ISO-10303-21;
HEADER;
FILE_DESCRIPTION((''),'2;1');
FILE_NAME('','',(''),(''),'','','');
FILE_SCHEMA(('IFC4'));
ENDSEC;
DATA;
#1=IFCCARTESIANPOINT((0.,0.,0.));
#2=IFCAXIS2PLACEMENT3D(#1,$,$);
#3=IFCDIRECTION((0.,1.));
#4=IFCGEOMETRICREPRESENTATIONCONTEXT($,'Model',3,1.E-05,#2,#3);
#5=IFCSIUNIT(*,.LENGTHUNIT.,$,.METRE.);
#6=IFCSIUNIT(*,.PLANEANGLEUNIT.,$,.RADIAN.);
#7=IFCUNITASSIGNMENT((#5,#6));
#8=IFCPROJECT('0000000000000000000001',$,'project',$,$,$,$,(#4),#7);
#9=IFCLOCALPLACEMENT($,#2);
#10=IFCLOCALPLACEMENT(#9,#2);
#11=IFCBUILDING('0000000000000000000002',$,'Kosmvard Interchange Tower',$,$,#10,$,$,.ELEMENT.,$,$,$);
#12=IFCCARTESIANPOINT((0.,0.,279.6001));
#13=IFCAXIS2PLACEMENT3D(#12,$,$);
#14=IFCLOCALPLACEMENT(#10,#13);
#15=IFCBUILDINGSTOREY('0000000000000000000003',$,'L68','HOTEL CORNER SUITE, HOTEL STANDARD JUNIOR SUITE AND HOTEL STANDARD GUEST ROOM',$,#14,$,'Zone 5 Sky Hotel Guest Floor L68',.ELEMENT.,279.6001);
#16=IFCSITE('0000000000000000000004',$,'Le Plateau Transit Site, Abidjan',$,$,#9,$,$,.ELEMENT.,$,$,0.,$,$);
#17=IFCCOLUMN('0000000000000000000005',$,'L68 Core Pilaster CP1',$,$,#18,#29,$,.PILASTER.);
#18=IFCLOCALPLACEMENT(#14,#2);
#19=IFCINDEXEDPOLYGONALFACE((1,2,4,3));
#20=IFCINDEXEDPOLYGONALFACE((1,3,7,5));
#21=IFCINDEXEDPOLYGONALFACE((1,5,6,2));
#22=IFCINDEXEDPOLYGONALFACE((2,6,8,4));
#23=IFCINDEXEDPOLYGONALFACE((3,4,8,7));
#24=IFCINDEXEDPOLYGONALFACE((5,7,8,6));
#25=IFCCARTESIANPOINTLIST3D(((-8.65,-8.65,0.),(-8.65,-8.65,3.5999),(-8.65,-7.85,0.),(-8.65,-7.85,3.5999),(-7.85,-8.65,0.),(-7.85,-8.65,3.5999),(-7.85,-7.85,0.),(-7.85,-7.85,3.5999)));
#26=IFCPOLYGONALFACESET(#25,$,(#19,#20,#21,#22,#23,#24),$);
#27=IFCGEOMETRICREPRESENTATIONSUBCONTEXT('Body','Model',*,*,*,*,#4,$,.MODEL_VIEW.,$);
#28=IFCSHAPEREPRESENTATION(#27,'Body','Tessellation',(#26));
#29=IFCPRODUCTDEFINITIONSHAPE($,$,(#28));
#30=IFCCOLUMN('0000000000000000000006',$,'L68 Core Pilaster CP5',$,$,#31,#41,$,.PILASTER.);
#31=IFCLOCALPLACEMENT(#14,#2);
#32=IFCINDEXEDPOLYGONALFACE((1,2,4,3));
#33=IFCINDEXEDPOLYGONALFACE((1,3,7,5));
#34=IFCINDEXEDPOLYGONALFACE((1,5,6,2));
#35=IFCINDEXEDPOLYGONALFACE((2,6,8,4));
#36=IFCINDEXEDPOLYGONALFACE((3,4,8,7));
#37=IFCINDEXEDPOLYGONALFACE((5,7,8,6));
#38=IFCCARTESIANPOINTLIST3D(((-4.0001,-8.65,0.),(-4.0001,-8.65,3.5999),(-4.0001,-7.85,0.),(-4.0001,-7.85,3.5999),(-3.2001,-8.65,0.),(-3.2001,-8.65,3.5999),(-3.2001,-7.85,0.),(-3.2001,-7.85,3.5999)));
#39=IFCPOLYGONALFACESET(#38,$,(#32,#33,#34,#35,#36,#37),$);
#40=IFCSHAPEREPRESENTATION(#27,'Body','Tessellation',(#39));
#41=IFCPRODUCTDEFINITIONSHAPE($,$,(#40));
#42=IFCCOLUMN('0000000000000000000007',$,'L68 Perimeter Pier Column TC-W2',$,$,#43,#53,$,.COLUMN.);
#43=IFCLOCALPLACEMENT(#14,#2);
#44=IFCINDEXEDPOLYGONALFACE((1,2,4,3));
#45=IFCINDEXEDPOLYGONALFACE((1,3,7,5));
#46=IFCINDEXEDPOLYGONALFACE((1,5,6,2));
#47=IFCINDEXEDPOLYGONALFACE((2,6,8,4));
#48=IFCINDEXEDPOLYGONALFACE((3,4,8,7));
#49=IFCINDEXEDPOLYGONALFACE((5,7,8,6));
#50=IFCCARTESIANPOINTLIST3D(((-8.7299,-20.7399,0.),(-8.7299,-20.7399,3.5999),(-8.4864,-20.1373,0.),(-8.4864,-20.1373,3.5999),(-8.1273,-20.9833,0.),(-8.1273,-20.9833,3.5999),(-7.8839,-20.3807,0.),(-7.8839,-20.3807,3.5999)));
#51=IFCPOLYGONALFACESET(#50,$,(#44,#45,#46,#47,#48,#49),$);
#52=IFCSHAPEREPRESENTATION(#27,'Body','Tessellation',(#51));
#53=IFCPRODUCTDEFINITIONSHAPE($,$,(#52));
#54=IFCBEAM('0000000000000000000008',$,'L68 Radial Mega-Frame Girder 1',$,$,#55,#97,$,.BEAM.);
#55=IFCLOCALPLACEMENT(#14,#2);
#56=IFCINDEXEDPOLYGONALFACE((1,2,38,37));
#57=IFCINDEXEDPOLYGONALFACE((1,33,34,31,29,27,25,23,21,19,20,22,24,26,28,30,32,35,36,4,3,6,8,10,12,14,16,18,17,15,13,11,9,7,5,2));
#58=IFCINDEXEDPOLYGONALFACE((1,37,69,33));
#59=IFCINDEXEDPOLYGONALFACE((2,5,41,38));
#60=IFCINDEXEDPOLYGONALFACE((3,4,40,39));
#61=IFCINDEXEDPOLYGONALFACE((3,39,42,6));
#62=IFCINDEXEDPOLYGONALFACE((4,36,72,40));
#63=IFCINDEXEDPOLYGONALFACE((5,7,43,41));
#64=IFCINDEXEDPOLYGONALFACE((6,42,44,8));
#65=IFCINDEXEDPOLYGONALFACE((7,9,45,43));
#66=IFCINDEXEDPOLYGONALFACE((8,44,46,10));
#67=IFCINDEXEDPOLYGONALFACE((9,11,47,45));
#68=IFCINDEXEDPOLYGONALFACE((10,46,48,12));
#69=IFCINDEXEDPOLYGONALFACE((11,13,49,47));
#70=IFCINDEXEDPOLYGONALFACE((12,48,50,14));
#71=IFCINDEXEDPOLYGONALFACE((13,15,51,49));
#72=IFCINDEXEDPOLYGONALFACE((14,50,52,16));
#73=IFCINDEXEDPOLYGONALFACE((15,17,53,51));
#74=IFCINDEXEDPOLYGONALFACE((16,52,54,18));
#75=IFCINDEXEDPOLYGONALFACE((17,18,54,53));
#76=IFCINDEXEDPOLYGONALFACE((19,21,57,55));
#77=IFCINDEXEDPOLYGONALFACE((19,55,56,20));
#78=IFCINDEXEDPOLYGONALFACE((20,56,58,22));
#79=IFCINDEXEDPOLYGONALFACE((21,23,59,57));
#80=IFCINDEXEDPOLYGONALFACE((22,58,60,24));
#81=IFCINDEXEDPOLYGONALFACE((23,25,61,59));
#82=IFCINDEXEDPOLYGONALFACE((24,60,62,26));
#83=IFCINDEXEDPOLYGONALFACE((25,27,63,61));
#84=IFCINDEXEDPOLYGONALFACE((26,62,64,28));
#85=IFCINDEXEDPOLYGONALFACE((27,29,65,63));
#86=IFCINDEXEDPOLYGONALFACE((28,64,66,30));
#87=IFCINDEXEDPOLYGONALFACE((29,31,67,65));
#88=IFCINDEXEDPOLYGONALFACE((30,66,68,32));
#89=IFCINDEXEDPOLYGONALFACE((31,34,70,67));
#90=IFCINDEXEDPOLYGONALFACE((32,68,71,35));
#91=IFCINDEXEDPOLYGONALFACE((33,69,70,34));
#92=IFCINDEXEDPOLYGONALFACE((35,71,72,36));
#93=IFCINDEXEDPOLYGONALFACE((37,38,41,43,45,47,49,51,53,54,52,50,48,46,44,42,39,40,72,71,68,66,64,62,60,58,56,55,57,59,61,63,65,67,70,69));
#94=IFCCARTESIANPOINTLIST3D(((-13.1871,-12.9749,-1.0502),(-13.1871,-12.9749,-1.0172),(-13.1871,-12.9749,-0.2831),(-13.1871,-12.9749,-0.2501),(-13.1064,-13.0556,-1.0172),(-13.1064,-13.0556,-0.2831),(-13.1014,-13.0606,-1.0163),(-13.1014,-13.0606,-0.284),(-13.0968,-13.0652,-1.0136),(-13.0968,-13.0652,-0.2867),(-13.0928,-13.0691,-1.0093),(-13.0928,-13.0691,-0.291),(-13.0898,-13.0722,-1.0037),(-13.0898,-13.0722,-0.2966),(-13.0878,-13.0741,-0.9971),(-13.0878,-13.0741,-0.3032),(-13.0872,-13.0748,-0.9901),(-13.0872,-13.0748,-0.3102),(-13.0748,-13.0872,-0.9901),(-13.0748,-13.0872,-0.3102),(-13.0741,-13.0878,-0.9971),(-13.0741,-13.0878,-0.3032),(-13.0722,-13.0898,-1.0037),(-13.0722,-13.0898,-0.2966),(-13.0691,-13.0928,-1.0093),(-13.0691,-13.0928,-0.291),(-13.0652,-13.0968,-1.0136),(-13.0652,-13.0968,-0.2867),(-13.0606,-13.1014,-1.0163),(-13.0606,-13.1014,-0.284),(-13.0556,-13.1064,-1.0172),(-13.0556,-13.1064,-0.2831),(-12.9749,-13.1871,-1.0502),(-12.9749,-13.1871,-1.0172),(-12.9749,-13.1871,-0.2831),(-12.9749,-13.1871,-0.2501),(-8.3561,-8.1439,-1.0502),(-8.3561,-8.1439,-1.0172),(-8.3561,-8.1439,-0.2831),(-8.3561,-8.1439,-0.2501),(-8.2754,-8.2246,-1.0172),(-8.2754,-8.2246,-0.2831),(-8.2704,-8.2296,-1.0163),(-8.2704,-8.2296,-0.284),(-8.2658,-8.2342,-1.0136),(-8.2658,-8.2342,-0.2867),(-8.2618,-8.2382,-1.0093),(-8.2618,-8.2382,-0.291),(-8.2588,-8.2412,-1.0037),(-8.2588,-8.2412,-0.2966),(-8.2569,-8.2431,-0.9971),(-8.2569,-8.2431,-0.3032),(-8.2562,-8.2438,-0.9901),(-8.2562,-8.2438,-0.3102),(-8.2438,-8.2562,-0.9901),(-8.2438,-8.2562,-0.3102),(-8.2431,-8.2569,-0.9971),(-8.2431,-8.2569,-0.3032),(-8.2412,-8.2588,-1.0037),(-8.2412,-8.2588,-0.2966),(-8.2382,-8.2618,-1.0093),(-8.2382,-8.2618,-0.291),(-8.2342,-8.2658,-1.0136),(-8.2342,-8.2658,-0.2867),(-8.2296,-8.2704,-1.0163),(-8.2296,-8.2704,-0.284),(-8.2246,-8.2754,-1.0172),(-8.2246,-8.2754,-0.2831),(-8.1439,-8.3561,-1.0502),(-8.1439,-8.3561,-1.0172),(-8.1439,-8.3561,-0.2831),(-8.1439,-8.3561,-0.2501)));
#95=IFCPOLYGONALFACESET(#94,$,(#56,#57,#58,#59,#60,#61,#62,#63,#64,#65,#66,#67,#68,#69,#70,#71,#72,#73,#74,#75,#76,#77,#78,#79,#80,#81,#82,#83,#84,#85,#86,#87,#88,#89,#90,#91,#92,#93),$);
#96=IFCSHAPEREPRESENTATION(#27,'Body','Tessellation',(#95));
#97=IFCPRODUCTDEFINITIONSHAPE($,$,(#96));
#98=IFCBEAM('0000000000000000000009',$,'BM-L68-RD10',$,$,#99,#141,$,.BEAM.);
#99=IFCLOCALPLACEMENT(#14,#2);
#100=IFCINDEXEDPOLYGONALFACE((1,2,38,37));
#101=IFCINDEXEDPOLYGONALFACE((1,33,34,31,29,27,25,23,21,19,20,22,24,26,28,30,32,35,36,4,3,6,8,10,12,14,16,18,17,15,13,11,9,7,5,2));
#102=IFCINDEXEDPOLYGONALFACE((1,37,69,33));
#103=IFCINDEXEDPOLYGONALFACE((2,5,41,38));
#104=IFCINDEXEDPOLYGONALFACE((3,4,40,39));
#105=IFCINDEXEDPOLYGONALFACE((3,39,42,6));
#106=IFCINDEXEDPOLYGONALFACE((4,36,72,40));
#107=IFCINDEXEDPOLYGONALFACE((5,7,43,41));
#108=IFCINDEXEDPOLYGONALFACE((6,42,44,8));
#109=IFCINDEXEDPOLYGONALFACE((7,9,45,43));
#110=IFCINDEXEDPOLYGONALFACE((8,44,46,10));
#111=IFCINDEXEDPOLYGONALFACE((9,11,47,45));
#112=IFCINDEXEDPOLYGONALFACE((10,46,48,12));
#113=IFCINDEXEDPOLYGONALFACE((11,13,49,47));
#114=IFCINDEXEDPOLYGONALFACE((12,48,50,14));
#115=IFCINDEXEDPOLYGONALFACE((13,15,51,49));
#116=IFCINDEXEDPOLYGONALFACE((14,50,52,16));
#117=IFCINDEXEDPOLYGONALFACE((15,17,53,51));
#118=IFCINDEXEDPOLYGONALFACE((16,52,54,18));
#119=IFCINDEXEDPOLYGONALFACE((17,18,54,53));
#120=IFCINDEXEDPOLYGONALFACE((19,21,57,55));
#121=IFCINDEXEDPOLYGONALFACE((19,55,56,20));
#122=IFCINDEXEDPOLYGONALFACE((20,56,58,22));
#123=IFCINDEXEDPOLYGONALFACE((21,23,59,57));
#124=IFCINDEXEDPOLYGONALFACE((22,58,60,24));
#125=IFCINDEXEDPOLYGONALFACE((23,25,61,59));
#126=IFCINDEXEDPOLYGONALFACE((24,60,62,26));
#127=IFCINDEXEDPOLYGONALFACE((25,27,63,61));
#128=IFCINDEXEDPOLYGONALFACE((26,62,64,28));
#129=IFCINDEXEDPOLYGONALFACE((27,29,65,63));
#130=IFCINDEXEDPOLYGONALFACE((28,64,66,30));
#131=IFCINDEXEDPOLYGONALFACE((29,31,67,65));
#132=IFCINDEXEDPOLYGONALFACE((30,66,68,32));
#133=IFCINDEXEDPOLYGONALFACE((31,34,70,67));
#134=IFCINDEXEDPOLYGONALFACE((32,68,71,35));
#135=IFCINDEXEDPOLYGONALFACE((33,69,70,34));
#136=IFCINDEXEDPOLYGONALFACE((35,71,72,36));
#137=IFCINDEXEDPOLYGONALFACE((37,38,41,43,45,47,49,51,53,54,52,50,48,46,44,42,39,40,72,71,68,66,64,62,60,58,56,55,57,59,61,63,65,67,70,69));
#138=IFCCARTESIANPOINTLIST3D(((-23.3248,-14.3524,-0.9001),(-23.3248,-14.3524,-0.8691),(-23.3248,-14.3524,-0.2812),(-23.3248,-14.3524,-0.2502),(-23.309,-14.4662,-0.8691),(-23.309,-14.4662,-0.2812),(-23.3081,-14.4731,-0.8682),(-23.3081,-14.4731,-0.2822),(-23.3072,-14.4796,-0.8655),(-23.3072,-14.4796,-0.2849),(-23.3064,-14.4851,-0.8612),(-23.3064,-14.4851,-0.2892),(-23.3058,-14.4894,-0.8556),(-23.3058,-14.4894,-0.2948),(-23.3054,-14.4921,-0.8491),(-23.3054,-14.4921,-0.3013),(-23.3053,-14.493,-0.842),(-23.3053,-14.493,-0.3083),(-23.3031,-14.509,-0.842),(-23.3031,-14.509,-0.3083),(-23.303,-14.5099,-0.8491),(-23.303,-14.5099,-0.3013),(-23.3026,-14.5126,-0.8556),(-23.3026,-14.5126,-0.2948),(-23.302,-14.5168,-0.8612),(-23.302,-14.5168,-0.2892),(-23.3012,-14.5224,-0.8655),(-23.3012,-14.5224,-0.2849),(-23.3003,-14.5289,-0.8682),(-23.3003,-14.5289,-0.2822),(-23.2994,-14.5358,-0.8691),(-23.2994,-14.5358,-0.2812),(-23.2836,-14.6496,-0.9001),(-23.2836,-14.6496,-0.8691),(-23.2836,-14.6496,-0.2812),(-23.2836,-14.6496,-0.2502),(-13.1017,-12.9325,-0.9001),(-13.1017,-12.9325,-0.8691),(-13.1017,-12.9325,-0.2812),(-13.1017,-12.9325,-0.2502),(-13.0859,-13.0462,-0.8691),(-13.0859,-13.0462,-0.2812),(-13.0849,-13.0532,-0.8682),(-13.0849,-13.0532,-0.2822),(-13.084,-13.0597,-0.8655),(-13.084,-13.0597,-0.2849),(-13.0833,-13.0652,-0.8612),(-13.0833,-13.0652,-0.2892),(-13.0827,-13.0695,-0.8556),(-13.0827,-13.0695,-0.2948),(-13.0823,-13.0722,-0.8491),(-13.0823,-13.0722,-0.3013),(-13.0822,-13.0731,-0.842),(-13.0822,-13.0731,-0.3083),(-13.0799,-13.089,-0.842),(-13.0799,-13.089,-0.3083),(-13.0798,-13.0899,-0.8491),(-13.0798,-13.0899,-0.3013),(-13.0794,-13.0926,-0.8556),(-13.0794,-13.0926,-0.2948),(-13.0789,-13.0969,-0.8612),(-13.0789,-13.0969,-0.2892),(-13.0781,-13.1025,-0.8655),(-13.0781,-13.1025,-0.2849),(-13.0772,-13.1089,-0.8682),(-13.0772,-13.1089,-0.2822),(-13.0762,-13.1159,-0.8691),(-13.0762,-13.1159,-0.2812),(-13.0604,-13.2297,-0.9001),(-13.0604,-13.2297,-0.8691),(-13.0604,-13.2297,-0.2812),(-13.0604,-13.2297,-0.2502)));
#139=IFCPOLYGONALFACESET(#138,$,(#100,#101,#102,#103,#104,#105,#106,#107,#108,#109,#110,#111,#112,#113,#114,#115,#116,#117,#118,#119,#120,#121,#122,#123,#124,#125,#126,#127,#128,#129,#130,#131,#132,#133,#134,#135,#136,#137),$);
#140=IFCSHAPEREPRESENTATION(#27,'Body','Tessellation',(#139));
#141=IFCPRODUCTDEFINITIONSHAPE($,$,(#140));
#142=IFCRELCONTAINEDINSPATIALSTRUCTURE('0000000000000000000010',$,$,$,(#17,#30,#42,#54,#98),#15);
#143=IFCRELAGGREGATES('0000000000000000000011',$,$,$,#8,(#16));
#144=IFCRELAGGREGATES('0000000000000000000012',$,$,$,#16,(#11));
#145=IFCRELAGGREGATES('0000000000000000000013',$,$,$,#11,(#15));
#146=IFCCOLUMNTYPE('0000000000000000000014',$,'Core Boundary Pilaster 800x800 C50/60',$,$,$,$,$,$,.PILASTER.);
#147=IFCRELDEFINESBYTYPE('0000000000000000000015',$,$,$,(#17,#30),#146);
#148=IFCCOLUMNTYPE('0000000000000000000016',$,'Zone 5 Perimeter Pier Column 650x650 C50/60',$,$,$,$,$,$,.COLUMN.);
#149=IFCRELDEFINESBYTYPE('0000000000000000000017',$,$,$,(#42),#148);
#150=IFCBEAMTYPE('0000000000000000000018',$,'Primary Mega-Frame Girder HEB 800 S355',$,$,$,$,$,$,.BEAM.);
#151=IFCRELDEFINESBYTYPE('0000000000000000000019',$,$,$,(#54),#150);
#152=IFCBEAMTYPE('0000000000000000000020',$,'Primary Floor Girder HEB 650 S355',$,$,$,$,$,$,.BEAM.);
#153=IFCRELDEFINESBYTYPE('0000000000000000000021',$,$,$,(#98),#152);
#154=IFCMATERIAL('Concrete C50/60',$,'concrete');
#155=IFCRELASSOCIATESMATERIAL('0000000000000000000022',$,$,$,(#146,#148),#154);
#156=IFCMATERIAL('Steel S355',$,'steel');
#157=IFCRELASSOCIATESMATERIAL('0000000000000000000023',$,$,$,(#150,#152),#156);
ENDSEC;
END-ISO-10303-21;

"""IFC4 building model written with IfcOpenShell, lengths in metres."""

from ifc_helpers import new_model, si_unit, direction, frame, origin, origin_2d, place, context, subcontext, project, spatial, rectangle, i_section, extrude, source, transform, mapped, material, material_profile, profile_set, type_object, element, save


model = new_model("IFC4")

# Units and contexts
model_context = context("Model", 3, precision=1e-05, world=origin(), true_north=direction((0.0, 1.0)))
body_context = subcontext(model_context, "Body", "Model", "MODEL_VIEW")
ifc_project = project(units=[si_unit("LENGTHUNIT", "METRE"), si_unit("PLANEANGLEUNIT", "RADIAN")], contexts=[model_context])

# Site, building, storey
site_placement = place(None, origin())
site = spatial("IfcSite", under=ifc_project, at=site_placement, Name="Le Plateau Transit Site, Abidjan", CompositionType="ELEMENT", RefElevation=0.0)
building_placement = place(site_placement, origin())
building = spatial("IfcBuilding", under=site, at=building_placement, Name="Kosmvard Interchange Tower", CompositionType="ELEMENT")
storey_placement = place(building_placement, frame((0.0, 0.0, 279.6001)))
storey = spatial("IfcBuildingStorey", under=building, at=storey_placement, Name="L68", Description="HOTEL CORNER SUITE, HOTEL STANDARD JUNIOR SUITE AND HOTEL STANDARD GUEST ROOM", LongName="Zone 5 Sky Hotel Guest Floor L68", CompositionType="ELEMENT", Elevation=279.6001)

# Columns
ifc_material_1 = material(Name="Concrete C50/60", Category="concrete")
ifc_material_profile_1 = material_profile(ifc_material_1, rectangle(XDim=0.8, YDim=0.8, at=origin_2d()), Name="CP 800x800")
ifc_profile_set_1 = profile_set([ifc_material_profile_1], Name="Concrete C50/60")
column_type_1 = type_object("IfcColumnType", Name="Core Boundary Pilaster 800x800 C50/60", PredefinedType="PILASTER", material=ifc_profile_set_1)
shared_shape_1 = source(origin(), body_context, "Body", "SweptSolid", [
    extrude(rectangle(XDim=0.8, YDim=0.8, at=origin_2d()), origin(), (0.0, 0.0, 1.0), 3.5999),
])
for number, where, z_axis, x_axis, name in (
    (1, (-8.25, -8.25, 0.0), (0.0, 0.0, 1.0), (1.0, 0.0, 0.0), "L68 Core Pilaster CP1"),
    (2, (-3.6001, -8.25, 0.0), (0.0, 0.0, 1.0), (1.0, 0.0, 0.0), "L68 Core Pilaster CP5"),
):
    element("IfcColumn", number, at=place(storey_placement, frame(where, z_axis=z_axis, x_axis=x_axis)), inside=storey, type_object=column_type_1, Name=name, PredefinedType="PILASTER", context=body_context, shape_type="MappedRepresentation", body=[
        mapped(shared_shape_1, transform((0.0, 0.0, 0.0), scale=1.0)),
    ])
ifc_material_profile_2 = material_profile(ifc_material_1, rectangle(XDim=0.6499, YDim=0.6499, at=origin_2d()), Name="TC 650x650")
ifc_profile_set_2 = profile_set([ifc_material_profile_2], Name="Concrete C50/60")
column_type_2 = type_object("IfcColumnType", Name="Zone 5 Perimeter Pier Column 650x650 C50/60", PredefinedType="COLUMN", material=ifc_profile_set_2)
shared_shape_2 = source(origin(), body_context, "Body", "SweptSolid", [
    extrude(rectangle(XDim=0.6499, YDim=0.6499, at=origin_2d()), origin(), (0.0, 0.0, 1.0), 3.5999),
])
column_placement = place(storey_placement, frame((-8.3069, -20.5603, 0.0), z_axis=(0.0, 0.0, 1.0), x_axis=(0.374607, 0.927184, 0.0)))
element("IfcColumn", 3, at=column_placement, inside=storey, type_object=column_type_2, Name="L68 Perimeter Pier Column TC-W2", PredefinedType="COLUMN", context=body_context, shape_type="MappedRepresentation", body=[
    mapped(shared_shape_2, transform((0.0, 0.0, 0.0), scale=1.0)),
])

# Beams
ifc_material_2 = material(Name="Steel S355", Category="steel")
ifc_material_profile_3 = material_profile(ifc_material_2, i_section(OverallWidth=0.3, OverallDepth=0.8, WebThickness=0.0176, FlangeThickness=0.033, FilletRadius=0.0271, at=origin_2d()), Name="HEB 800")
ifc_profile_set_3 = profile_set([ifc_material_profile_3], Name="Steel S355")
beam_type_1 = type_object("IfcBeamType", Name="Primary Mega-Frame Girder HEB 800 S355", PredefinedType="BEAM", material=ifc_profile_set_3)
shared_shape_3 = source(origin(), body_context, "Body", "SweptSolid", [
    extrude(i_section(OverallWidth=0.3, OverallDepth=0.8, WebThickness=0.0176, FlangeThickness=0.033, FilletRadius=0.0271, at=origin_2d()), origin(), (0.0, 0.0, 1.0), 6.832),
])
beam_1_placement = place(storey_placement, frame((-8.25, -8.25, -0.6501), z_axis=(-0.707107, -0.707107, 0.0), x_axis=(0.707107, -0.707107, 0.0)))
element("IfcBeam", 4, at=beam_1_placement, inside=storey, type_object=beam_type_1, Name="L68 Radial Mega-Frame Girder 1", PredefinedType="BEAM", context=body_context, shape_type="MappedRepresentation", body=[
    mapped(shared_shape_3, transform((0.0, 0.0, 0.0), scale=1.0)),
])
ifc_material_profile_4 = material_profile(ifc_material_2, i_section(OverallWidth=0.3, OverallDepth=0.6499, WebThickness=0.0161, FlangeThickness=0.031, FilletRadius=0.0271, at=origin_2d()), Name="HEB 650")
ifc_profile_set_4 = profile_set([ifc_material_profile_4], Name="Steel S355")
beam_type_2 = type_object("IfcBeamType", Name="Primary Floor Girder HEB 650 S355", PredefinedType="BEAM", material=ifc_profile_set_4)
shared_shape_4 = source(origin(), body_context, "Body", "SweptSolid", [
    extrude(i_section(OverallWidth=0.3, OverallDepth=0.6499, WebThickness=0.0161, FlangeThickness=0.031, FilletRadius=0.0271, at=origin_2d()), origin(), (0.0, 0.0, 1.0), 10.3213),
])
beam_2_placement = place(storey_placement, frame((-13.0811, -13.0811, -0.5752), z_axis=(-0.990492, -0.137572, 0.0), x_axis=(0.137572, -0.990492, 0.0)))
element("IfcBeam", 5, at=beam_2_placement, inside=storey, type_object=beam_type_2, Name="BM-L68-RD10", PredefinedType="BEAM", context=body_context, shape_type="MappedRepresentation", body=[
    mapped(shared_shape_4, transform((0.0, 0.0, 0.0), scale=1.0)),
])

save(model, "model.ifc")
